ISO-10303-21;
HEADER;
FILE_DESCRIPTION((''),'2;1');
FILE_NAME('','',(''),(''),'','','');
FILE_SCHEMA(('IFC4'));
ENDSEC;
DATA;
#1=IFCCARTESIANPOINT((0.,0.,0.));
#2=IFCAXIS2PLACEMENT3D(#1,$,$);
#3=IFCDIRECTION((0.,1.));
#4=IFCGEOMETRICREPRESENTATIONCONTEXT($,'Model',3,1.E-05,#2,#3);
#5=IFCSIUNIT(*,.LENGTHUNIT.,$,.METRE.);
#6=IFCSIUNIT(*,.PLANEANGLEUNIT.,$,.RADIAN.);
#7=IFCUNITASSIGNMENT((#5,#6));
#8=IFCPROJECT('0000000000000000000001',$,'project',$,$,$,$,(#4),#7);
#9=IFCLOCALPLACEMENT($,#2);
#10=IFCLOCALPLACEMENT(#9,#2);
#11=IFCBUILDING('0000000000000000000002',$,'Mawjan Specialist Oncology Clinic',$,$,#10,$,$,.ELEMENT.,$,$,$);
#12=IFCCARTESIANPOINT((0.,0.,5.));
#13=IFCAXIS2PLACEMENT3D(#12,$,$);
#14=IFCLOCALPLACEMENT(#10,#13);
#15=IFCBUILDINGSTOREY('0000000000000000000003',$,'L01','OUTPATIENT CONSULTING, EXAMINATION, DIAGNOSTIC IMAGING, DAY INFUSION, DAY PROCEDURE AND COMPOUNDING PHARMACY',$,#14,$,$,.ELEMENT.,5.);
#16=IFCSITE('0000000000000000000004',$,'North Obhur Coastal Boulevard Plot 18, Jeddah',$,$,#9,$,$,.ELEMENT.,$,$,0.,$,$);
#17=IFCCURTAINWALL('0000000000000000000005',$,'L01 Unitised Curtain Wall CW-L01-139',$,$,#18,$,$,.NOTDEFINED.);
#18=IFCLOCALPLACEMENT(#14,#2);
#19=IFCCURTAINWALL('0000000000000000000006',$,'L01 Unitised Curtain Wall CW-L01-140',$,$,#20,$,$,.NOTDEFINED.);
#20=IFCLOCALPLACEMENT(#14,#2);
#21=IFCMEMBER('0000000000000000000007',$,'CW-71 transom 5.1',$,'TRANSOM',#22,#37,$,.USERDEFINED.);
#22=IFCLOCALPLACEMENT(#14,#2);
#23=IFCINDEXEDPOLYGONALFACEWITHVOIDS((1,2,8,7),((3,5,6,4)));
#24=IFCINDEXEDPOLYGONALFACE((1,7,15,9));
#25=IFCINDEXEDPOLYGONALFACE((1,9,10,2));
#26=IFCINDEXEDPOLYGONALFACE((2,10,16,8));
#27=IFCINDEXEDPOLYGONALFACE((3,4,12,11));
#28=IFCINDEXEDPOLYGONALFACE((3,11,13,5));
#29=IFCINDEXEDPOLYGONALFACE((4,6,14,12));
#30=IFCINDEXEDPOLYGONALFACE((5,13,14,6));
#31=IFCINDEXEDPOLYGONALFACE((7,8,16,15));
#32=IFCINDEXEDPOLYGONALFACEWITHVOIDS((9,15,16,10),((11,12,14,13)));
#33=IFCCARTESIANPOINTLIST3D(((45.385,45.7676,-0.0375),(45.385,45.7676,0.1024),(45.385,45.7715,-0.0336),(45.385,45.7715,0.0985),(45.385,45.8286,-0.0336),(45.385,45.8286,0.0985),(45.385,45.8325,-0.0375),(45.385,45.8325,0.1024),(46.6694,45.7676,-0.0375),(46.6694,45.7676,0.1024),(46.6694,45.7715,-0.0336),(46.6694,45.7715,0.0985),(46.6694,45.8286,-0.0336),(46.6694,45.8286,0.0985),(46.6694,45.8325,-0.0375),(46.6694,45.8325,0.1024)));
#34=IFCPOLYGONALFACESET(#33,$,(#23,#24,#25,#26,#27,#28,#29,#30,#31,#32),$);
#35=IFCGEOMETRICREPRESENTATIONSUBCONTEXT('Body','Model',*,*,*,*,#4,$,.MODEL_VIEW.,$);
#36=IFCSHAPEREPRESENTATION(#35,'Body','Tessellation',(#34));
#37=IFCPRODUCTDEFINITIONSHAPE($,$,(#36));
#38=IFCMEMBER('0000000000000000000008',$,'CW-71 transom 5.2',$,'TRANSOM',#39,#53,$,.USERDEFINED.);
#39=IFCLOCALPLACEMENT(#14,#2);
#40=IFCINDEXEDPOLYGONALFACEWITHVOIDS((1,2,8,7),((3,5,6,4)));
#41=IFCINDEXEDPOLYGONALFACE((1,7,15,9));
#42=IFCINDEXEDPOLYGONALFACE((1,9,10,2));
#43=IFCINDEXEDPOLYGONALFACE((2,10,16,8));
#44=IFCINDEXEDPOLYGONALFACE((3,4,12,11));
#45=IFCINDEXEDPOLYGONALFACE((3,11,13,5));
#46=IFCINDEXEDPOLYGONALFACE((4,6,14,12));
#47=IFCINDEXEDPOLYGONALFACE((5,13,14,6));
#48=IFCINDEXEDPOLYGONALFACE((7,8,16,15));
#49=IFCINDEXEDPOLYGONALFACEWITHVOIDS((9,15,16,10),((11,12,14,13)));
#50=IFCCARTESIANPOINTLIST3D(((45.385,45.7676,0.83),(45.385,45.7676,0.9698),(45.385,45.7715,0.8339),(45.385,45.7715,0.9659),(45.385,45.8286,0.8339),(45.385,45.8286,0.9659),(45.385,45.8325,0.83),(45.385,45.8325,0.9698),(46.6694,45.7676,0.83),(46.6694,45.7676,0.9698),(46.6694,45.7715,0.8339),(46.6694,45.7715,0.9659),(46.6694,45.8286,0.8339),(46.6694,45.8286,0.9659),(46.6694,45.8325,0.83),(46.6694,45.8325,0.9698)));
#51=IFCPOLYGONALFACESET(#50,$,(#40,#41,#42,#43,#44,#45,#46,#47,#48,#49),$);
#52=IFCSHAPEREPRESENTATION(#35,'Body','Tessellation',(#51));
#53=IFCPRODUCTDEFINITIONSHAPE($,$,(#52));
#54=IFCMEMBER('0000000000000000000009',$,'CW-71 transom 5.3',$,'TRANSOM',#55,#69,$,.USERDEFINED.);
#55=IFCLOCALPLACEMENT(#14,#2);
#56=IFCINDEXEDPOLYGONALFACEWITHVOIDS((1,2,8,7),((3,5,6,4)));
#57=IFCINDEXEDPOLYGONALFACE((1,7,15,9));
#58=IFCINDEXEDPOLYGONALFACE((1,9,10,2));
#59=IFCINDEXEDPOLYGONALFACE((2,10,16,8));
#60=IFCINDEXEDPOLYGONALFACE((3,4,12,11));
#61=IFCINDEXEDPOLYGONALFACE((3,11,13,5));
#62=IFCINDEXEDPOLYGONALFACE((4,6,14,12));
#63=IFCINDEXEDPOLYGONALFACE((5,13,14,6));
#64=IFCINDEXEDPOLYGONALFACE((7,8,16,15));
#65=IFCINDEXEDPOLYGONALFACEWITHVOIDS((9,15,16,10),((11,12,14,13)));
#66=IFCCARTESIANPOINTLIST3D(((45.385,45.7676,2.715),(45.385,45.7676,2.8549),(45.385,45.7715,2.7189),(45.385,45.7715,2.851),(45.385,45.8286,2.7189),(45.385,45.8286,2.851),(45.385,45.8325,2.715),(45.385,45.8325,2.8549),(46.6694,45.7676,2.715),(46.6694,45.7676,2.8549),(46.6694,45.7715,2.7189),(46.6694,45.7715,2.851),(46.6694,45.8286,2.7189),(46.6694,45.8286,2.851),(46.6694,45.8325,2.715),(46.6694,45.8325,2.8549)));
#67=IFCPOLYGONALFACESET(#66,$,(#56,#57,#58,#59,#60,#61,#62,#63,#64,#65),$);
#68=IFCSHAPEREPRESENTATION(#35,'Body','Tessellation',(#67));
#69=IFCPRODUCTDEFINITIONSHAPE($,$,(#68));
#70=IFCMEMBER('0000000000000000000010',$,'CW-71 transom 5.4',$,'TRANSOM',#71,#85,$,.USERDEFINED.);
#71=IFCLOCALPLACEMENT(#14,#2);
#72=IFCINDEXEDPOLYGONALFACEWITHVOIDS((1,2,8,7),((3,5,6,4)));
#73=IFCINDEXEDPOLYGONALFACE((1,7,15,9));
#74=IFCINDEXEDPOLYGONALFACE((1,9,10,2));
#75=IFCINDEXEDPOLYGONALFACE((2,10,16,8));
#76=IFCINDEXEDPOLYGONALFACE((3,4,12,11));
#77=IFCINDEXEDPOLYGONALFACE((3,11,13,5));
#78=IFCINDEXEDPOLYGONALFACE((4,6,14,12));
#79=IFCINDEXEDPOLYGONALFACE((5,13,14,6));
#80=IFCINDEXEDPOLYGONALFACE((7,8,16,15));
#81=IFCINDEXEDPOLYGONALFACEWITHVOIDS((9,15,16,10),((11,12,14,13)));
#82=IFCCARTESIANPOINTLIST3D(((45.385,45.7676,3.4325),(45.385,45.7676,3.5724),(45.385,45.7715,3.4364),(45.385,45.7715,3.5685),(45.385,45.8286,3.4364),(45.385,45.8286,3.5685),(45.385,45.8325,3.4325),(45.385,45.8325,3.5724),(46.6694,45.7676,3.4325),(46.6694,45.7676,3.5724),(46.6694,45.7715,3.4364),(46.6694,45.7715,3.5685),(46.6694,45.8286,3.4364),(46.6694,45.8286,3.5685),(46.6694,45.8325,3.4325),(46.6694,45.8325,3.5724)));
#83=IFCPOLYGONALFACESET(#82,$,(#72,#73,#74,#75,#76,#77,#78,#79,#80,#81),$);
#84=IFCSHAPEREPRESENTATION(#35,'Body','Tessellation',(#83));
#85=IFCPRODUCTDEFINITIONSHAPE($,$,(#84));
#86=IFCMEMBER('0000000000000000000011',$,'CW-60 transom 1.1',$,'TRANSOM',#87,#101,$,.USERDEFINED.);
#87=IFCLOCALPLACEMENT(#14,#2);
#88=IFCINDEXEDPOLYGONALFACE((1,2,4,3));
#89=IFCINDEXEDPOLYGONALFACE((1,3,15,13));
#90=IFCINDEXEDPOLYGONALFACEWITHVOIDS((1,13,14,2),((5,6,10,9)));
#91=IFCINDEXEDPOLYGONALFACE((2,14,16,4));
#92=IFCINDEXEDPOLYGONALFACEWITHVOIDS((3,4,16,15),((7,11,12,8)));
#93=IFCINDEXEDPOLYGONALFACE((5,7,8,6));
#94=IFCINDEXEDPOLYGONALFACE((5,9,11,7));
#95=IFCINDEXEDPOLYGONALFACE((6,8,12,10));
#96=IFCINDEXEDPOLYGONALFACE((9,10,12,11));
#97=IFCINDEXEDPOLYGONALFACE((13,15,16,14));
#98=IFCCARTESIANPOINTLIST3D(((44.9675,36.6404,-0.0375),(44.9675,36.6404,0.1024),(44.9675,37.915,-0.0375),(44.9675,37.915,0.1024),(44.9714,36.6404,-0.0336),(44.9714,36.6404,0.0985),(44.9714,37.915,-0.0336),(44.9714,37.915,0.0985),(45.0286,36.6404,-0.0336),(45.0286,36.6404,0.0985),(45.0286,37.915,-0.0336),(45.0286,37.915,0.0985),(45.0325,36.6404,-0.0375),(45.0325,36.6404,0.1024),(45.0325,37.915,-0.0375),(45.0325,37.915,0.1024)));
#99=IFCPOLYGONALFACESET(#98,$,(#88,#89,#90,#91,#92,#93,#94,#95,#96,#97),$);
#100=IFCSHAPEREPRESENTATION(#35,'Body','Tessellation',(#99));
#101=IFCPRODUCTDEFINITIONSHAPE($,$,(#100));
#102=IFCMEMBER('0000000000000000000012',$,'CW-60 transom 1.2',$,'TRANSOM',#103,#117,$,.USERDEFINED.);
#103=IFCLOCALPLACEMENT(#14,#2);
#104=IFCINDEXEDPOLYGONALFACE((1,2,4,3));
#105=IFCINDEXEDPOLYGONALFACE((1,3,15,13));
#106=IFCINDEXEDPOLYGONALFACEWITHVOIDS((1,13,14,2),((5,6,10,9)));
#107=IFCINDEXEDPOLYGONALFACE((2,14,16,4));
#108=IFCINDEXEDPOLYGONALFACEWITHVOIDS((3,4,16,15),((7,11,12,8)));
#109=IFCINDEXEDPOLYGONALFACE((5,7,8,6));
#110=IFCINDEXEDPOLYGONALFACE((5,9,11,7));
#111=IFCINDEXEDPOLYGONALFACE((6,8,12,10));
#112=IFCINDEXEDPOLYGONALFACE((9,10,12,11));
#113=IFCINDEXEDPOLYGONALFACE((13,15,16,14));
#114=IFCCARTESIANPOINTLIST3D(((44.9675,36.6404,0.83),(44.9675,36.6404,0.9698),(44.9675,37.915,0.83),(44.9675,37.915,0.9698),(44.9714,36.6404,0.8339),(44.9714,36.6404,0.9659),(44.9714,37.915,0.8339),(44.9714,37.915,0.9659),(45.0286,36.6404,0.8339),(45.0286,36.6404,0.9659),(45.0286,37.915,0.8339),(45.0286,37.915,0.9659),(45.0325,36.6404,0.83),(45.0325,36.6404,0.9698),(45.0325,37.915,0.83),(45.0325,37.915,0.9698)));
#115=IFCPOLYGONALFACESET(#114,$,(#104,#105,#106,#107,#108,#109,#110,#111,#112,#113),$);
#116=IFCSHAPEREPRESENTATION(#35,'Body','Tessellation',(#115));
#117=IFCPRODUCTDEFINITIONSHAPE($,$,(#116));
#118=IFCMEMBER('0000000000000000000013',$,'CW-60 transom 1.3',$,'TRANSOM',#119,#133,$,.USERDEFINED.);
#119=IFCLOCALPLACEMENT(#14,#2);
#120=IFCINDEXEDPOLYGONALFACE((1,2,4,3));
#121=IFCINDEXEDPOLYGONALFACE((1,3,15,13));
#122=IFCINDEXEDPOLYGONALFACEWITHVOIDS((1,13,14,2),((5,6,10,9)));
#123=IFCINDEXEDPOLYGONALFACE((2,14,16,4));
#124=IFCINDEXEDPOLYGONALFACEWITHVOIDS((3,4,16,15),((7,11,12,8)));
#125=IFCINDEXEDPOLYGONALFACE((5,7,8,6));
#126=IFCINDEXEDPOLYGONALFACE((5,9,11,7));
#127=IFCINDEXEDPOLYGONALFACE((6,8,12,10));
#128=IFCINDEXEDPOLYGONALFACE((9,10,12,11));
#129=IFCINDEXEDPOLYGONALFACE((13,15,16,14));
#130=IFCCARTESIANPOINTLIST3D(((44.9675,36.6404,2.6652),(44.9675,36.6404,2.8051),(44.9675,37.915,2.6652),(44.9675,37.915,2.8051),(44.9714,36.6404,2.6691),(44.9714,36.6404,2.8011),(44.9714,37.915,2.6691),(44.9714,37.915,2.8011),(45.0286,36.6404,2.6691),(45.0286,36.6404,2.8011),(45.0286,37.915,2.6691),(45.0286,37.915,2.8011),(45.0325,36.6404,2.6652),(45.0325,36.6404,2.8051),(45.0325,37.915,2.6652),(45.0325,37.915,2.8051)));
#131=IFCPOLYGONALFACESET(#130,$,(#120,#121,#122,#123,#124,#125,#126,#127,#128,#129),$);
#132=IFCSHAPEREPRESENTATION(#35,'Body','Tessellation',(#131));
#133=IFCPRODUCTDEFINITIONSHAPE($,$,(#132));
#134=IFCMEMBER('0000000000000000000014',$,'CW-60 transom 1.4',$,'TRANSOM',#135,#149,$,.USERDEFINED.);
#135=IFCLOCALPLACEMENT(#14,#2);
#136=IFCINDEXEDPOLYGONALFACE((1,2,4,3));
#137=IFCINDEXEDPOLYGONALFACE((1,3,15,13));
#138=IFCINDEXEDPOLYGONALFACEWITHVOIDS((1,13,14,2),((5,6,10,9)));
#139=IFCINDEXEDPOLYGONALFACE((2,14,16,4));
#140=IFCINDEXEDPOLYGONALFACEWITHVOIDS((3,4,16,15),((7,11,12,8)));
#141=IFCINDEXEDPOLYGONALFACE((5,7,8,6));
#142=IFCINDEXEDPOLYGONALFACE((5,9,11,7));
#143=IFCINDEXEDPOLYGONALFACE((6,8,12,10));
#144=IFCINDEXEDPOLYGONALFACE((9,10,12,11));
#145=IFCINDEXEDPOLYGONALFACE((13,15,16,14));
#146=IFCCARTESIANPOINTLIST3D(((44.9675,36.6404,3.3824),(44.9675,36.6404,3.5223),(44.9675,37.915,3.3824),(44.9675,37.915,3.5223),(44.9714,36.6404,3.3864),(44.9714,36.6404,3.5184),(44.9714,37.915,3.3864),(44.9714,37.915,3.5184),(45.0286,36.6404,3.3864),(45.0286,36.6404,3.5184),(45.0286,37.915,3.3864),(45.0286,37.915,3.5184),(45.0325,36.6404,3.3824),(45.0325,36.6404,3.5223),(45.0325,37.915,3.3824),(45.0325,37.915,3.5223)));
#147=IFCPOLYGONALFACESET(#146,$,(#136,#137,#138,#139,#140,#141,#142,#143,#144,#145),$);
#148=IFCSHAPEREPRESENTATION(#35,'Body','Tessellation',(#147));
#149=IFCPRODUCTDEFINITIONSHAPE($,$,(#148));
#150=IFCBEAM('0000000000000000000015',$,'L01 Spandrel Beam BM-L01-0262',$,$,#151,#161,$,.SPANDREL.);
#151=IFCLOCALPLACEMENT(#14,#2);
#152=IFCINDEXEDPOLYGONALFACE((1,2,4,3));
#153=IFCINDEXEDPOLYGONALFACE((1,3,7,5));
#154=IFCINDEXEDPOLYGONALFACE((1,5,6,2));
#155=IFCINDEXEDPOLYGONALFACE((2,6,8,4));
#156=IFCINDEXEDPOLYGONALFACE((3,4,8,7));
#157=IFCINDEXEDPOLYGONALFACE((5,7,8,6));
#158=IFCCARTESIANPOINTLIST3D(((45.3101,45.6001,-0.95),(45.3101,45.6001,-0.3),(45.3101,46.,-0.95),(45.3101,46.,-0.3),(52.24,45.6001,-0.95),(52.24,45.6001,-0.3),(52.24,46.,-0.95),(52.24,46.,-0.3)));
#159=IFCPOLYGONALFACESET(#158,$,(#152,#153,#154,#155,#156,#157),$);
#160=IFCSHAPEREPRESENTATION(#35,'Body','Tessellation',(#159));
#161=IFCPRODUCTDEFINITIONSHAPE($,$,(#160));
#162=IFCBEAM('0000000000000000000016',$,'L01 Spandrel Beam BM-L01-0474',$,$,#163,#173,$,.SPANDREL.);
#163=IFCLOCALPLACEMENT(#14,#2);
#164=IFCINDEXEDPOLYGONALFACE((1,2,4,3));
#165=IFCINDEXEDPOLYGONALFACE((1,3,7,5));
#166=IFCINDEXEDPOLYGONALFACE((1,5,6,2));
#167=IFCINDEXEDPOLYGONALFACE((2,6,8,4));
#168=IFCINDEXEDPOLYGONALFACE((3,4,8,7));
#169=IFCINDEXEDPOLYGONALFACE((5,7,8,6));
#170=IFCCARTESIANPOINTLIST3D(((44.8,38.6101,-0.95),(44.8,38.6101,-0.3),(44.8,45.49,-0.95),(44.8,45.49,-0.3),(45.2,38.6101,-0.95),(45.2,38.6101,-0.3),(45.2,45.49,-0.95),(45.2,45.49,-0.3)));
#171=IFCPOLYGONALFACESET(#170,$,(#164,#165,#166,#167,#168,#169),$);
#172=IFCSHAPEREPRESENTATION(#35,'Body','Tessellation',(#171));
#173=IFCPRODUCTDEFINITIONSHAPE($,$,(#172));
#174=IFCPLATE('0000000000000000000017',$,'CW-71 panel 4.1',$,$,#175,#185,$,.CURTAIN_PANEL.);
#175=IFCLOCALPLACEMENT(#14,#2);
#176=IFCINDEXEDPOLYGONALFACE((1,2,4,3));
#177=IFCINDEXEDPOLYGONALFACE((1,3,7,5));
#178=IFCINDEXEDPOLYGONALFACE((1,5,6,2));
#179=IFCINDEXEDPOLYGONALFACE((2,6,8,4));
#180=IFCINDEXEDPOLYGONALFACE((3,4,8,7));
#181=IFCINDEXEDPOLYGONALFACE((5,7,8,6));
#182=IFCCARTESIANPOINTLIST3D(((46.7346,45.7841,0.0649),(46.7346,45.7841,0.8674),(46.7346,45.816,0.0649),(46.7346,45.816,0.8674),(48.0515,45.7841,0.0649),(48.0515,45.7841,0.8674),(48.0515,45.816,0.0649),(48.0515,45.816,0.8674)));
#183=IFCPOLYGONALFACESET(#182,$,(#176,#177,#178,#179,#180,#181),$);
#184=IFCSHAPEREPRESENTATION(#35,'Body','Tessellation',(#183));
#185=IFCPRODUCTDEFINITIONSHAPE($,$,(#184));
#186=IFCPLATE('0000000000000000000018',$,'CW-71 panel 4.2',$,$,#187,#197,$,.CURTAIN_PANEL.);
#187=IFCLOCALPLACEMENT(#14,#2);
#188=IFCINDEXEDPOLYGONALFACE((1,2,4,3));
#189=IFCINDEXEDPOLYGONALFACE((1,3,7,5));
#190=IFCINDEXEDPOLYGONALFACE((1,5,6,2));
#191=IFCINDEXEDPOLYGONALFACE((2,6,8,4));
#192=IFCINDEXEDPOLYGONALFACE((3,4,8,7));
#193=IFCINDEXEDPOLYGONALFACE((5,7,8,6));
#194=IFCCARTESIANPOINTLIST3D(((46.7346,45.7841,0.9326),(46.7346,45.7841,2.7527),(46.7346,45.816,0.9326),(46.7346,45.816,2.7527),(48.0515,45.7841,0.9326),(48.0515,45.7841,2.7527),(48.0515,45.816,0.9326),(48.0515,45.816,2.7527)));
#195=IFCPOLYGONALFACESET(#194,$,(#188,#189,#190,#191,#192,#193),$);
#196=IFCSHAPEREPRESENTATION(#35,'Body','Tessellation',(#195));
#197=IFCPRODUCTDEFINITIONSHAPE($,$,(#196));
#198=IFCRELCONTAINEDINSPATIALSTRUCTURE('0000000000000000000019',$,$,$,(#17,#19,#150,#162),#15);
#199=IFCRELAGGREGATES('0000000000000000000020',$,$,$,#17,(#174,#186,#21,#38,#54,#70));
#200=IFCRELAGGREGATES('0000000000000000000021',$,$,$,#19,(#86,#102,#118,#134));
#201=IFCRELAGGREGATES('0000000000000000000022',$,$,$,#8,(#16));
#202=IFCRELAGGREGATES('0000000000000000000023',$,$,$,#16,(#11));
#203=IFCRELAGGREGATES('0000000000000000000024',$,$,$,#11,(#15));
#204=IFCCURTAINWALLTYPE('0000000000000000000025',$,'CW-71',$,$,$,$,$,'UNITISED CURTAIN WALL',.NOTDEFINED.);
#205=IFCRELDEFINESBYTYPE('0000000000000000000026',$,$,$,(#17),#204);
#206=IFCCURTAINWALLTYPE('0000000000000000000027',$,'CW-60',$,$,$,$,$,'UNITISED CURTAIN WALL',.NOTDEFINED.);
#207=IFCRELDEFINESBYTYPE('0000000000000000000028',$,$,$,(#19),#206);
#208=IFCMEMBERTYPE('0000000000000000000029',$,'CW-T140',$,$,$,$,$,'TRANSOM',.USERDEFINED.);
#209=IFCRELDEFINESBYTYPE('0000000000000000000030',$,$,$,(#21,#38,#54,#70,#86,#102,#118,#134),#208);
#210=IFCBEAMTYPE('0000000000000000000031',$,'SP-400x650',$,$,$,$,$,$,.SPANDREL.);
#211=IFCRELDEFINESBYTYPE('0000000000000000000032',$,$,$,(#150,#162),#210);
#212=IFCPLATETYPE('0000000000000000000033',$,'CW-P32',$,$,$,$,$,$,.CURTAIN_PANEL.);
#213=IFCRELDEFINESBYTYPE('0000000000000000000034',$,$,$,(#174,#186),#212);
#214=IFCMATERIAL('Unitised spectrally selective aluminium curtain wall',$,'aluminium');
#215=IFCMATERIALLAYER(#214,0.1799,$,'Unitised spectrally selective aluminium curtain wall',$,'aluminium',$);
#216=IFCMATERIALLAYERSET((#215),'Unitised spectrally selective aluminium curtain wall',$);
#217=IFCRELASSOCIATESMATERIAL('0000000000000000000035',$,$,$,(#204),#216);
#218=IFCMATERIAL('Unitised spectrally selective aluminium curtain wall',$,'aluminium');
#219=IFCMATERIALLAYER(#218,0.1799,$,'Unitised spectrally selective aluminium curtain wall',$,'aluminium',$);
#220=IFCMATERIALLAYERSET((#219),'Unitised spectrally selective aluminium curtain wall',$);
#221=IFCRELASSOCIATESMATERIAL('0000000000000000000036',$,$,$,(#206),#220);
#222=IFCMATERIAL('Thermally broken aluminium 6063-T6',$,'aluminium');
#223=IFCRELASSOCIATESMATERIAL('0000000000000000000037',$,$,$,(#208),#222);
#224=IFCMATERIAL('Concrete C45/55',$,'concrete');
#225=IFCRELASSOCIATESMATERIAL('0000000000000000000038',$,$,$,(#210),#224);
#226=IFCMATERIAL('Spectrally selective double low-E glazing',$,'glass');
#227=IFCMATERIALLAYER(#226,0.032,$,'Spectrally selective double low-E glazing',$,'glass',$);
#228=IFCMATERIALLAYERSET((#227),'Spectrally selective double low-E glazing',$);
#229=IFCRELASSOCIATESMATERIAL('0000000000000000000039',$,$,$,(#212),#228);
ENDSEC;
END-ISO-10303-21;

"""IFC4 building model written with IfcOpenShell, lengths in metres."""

from ifc_helpers import new_model, si_unit, direction, frame, origin, origin_2d, place, context, subcontext, project, spatial, rectangle, hollow_rectangle, extrude, material, layer, layer_set, material_profile, profile_set, type_object, element, aggregate, save


model = new_model("IFC4")

# Units and contexts
model_context = context("Model", 3, precision=1e-05, world=origin(), true_north=direction((0.0, 1.0)))
body_context = subcontext(model_context, "Body", "Model", "MODEL_VIEW")
ifc_project = project(units=[si_unit("LENGTHUNIT", "METRE"), si_unit("PLANEANGLEUNIT", "RADIAN")], contexts=[model_context])

# Site, building, storey
site_placement = place(None, origin())
site = spatial("IfcSite", under=ifc_project, at=site_placement, Name="North Obhur Coastal Boulevard Plot 18, Jeddah", CompositionType="ELEMENT", RefElevation=0.0)
building_placement = place(site_placement, origin())
building = spatial("IfcBuilding", under=site, at=building_placement, Name="Mawjan Specialist Oncology Clinic", CompositionType="ELEMENT")
storey_placement = place(building_placement, frame((0.0, 0.0, 5.0)))
storey = spatial("IfcBuildingStorey", under=building, at=storey_placement, Name="L01", Description="OUTPATIENT CONSULTING, EXAMINATION, DIAGNOSTIC IMAGING, DAY INFUSION, DAY PROCEDURE AND COMPOUNDING PHARMACY", CompositionType="ELEMENT", Elevation=5.0)

# Curtain walls
ifc_material_1 = material(Name="Unitised spectrally selective aluminium curtain wall", Category="aluminium")
ifc_layer_1 = layer(ifc_material_1, 0.1799, Name="Unitised spectrally selective aluminium curtain wall", Category="aluminium")
ifc_layer_set_1 = layer_set([ifc_layer_1], Name="Unitised spectrally selective aluminium curtain wall")
curtain_wall_type_1 = type_object("IfcCurtainWallType", Name="CW-71", ElementType="UNITISED CURTAIN WALL", PredefinedType="NOTDEFINED", material=ifc_layer_set_1)
curtain_wall_1_placement = place(storey_placement, origin())
curtain_wall_1 = element("IfcCurtainWall", 1, at=curtain_wall_1_placement, inside=storey, type_object=curtain_wall_type_1, Name="L01 Unitised Curtain Wall CW-L01-139", PredefinedType="NOTDEFINED")
ifc_material_2 = material(Name="Unitised spectrally selective aluminium curtain wall", Category="aluminium")
ifc_layer_2 = layer(ifc_material_2, 0.1799, Name="Unitised spectrally selective aluminium curtain wall", Category="aluminium")
ifc_layer_set_2 = layer_set([ifc_layer_2], Name="Unitised spectrally selective aluminium curtain wall")
curtain_wall_type_2 = type_object("IfcCurtainWallType", Name="CW-60", ElementType="UNITISED CURTAIN WALL", PredefinedType="NOTDEFINED", material=ifc_layer_set_2)
curtain_wall_2_placement = place(storey_placement, origin())
curtain_wall_2 = element("IfcCurtainWall", 2, at=curtain_wall_2_placement, inside=storey, type_object=curtain_wall_type_2, Name="L01 Unitised Curtain Wall CW-L01-140", PredefinedType="NOTDEFINED")

# Members
ifc_material_3 = material(Name="Thermally broken aluminium 6063-T6", Category="aluminium")
ifc_material_profile_1 = material_profile(ifc_material_3, hollow_rectangle(XDim=0.0649, YDim=0.1399, WallThickness=0.0039, at=origin_2d()), Name="ALU TRANSOM 140x65x4", Category="aluminium")
ifc_profile_set_1 = profile_set([ifc_material_profile_1], Name="Thermally broken aluminium 6063-T6")
member_type_1 = type_object("IfcMemberType", Name="CW-T140", ElementType="TRANSOM", PredefinedType="USERDEFINED", material=ifc_profile_set_1)
member_1_placement = place(storey_placement, frame((46.6694, 45.8, 0.0325), z_axis=(-1.0, 0.0, 0.0), x_axis=(0.0, -1.0, 0.0)))
member_1 = element("IfcMember", 3, at=member_1_placement, type_object=member_type_1, Name="CW-71 transom 5.1", ObjectType="TRANSOM", PredefinedType="USERDEFINED", context=body_context, shape_type="SweptSolid", body=[
    extrude(hollow_rectangle(XDim=0.0649, YDim=0.1399, WallThickness=0.0039, at=origin_2d()), origin(), (0.0, 0.0, 1.0), 1.2844),
])
member_2_placement = place(storey_placement, frame((46.6694, 45.8, 0.8999), z_axis=(-1.0, 0.0, 0.0), x_axis=(0.0, -1.0, 0.0)))
member_2 = element("IfcMember", 4, at=member_2_placement, type_object=member_type_1, Name="CW-71 transom 5.2", ObjectType="TRANSOM", PredefinedType="USERDEFINED", context=body_context, shape_type="SweptSolid", body=[
    extrude(hollow_rectangle(XDim=0.0649, YDim=0.1399, WallThickness=0.0039, at=origin_2d()), origin(), (0.0, 0.0, 1.0), 1.2844),
])
member_3_placement = place(storey_placement, frame((46.6694, 45.8, 2.7849), z_axis=(-1.0, 0.0, 0.0), x_axis=(0.0, -1.0, 0.0)))
member_3 = element("IfcMember", 5, at=member_3_placement, type_object=member_type_1, Name="CW-71 transom 5.3", ObjectType="TRANSOM", PredefinedType="USERDEFINED", context=body_context, shape_type="SweptSolid", body=[
    extrude(hollow_rectangle(XDim=0.0649, YDim=0.1399, WallThickness=0.0039, at=origin_2d()), origin(), (0.0, 0.0, 1.0), 1.2844),
])
member_4_placement = place(storey_placement, frame((46.6694, 45.8, 3.5024), z_axis=(-1.0, 0.0, 0.0), x_axis=(0.0, -1.0, 0.0)))
member_4 = element("IfcMember", 6, at=member_4_placement, type_object=member_type_1, Name="CW-71 transom 5.4", ObjectType="TRANSOM", PredefinedType="USERDEFINED", context=body_context, shape_type="SweptSolid", body=[
    extrude(hollow_rectangle(XDim=0.0649, YDim=0.1399, WallThickness=0.0039, at=origin_2d()), origin(), (0.0, 0.0, 1.0), 1.2844),
])
member_5_placement = place(storey_placement, frame((45.0, 37.915, 0.0325), z_axis=(0.0, -1.0, 0.0), x_axis=(1.0, 0.0, 0.0)))
member_5 = element("IfcMember", 7, at=member_5_placement, type_object=member_type_1, Name="CW-60 transom 1.1", ObjectType="TRANSOM", PredefinedType="USERDEFINED", context=body_context, shape_type="SweptSolid", body=[
    extrude(hollow_rectangle(XDim=0.0649, YDim=0.1399, WallThickness=0.0039, at=origin_2d()), origin(), (0.0, 0.0, 1.0), 1.2747),
])
member_6_placement = place(storey_placement, frame((45.0, 37.915, 0.8999), z_axis=(0.0, -1.0, 0.0), x_axis=(1.0, 0.0, 0.0)))
member_6 = element("IfcMember", 8, at=member_6_placement, type_object=member_type_1, Name="CW-60 transom 1.2", ObjectType="TRANSOM", PredefinedType="USERDEFINED", context=body_context, shape_type="SweptSolid", body=[
    extrude(hollow_rectangle(XDim=0.0649, YDim=0.1399, WallThickness=0.0039, at=origin_2d()), origin(), (0.0, 0.0, 1.0), 1.2747),
])
member_7_placement = place(storey_placement, frame((45.0, 37.915, 2.7351), z_axis=(0.0, -1.0, 0.0), x_axis=(1.0, 0.0, 0.0)))
member_7 = element("IfcMember", 9, at=member_7_placement, type_object=member_type_1, Name="CW-60 transom 1.3", ObjectType="TRANSOM", PredefinedType="USERDEFINED", context=body_context, shape_type="SweptSolid", body=[
    extrude(hollow_rectangle(XDim=0.0649, YDim=0.1399, WallThickness=0.0039, at=origin_2d()), origin(), (0.0, 0.0, 1.0), 1.2747),
])
member_8_placement = place(storey_placement, frame((45.0, 37.915, 3.4524), z_axis=(0.0, -1.0, 0.0), x_axis=(1.0, 0.0, 0.0)))
member_8 = element("IfcMember", 10, at=member_8_placement, type_object=member_type_1, Name="CW-60 transom 1.4", ObjectType="TRANSOM", PredefinedType="USERDEFINED", context=body_context, shape_type="SweptSolid", body=[
    extrude(hollow_rectangle(XDim=0.0649, YDim=0.1399, WallThickness=0.0039, at=origin_2d()), origin(), (0.0, 0.0, 1.0), 1.2747),
])

# Beams
ifc_material_4 = material(Name="Concrete C45/55", Category="concrete")
ifc_material_profile_2 = material_profile(ifc_material_4, rectangle(XDim=0.3999, YDim=0.6499, at=origin_2d()), Name="RC BM 400x650", Category="concrete")
ifc_profile_set_2 = profile_set([ifc_material_profile_2], Name="Concrete C45/55")
beam_type_1 = type_object("IfcBeamType", Name="SP-400x650", PredefinedType="SPANDREL", material=ifc_profile_set_2)
beam_1_placement = place(storey_placement, frame((45.3101, 45.8, -0.625), z_axis=(1.0, 0.0, 0.0), x_axis=(0.0, 1.0, 0.0)))
element("IfcBeam", 11, at=beam_1_placement, inside=storey, type_object=beam_type_1, Name="L01 Spandrel Beam BM-L01-0262", PredefinedType="SPANDREL", context=body_context, shape_type="SweptSolid", body=[
    extrude(rectangle(XDim=0.3999, YDim=0.6499, at=origin_2d()), origin(), (0.0, 0.0, 1.0), 6.9299),
])
beam_2_placement = place(storey_placement, frame((45.0, 38.6101, -0.625), z_axis=(0.0, 1.0, 0.0), x_axis=(-1.0, 0.0, 0.0)))
element("IfcBeam", 12, at=beam_2_placement, inside=storey, type_object=beam_type_1, Name="L01 Spandrel Beam BM-L01-0474", PredefinedType="SPANDREL", context=body_context, shape_type="SweptSolid", body=[
    extrude(rectangle(XDim=0.3999, YDim=0.6499, at=origin_2d()), origin(), (0.0, 0.0, 1.0), 6.8799),
])

# Plates
ifc_material_5 = material(Name="Spectrally selective double low-E glazing", Category="glass")
ifc_layer_3 = layer(ifc_material_5, 0.032, Name="Spectrally selective double low-E glazing", Category="glass")
ifc_layer_set_3 = layer_set([ifc_layer_3], Name="Spectrally selective double low-E glazing")
plate_type = type_object("IfcPlateType", Name="CW-P32", PredefinedType="CURTAIN_PANEL", material=ifc_layer_set_3)
plate_1_placement = place(storey_placement, frame((47.3931, 45.8, 0.0649), z_axis=(0.0, 0.0, 1.0), x_axis=(-1.0, 0.0, 0.0)))
plate_1 = element("IfcPlate", 13, at=plate_1_placement, type_object=plate_type, Name="CW-71 panel 4.1", PredefinedType="CURTAIN_PANEL", context=body_context, shape_type="SweptSolid", body=[
    extrude(rectangle(XDim=1.3169, YDim=0.032, at=origin_2d()), origin(), (0.0, 0.0, 1.0), 0.8025),
])
plate_2_placement = place(storey_placement, frame((47.3931, 45.8, 0.9326), z_axis=(0.0, 0.0, 1.0), x_axis=(-1.0, 0.0, 0.0)))
plate_2 = element("IfcPlate", 14, at=plate_2_placement, type_object=plate_type, Name="CW-71 panel 4.2", PredefinedType="CURTAIN_PANEL", context=body_context, shape_type="SweptSolid", body=[
    extrude(rectangle(XDim=1.3169, YDim=0.032, at=origin_2d()), origin(), (0.0, 0.0, 1.0), 1.8201),
])
aggregate(curtain_wall_1, [plate_1, plate_2, member_1, member_2, member_3, member_4])
aggregate(curtain_wall_2, [member_5, member_6, member_7, member_8])

save(model, "model.ifc")
